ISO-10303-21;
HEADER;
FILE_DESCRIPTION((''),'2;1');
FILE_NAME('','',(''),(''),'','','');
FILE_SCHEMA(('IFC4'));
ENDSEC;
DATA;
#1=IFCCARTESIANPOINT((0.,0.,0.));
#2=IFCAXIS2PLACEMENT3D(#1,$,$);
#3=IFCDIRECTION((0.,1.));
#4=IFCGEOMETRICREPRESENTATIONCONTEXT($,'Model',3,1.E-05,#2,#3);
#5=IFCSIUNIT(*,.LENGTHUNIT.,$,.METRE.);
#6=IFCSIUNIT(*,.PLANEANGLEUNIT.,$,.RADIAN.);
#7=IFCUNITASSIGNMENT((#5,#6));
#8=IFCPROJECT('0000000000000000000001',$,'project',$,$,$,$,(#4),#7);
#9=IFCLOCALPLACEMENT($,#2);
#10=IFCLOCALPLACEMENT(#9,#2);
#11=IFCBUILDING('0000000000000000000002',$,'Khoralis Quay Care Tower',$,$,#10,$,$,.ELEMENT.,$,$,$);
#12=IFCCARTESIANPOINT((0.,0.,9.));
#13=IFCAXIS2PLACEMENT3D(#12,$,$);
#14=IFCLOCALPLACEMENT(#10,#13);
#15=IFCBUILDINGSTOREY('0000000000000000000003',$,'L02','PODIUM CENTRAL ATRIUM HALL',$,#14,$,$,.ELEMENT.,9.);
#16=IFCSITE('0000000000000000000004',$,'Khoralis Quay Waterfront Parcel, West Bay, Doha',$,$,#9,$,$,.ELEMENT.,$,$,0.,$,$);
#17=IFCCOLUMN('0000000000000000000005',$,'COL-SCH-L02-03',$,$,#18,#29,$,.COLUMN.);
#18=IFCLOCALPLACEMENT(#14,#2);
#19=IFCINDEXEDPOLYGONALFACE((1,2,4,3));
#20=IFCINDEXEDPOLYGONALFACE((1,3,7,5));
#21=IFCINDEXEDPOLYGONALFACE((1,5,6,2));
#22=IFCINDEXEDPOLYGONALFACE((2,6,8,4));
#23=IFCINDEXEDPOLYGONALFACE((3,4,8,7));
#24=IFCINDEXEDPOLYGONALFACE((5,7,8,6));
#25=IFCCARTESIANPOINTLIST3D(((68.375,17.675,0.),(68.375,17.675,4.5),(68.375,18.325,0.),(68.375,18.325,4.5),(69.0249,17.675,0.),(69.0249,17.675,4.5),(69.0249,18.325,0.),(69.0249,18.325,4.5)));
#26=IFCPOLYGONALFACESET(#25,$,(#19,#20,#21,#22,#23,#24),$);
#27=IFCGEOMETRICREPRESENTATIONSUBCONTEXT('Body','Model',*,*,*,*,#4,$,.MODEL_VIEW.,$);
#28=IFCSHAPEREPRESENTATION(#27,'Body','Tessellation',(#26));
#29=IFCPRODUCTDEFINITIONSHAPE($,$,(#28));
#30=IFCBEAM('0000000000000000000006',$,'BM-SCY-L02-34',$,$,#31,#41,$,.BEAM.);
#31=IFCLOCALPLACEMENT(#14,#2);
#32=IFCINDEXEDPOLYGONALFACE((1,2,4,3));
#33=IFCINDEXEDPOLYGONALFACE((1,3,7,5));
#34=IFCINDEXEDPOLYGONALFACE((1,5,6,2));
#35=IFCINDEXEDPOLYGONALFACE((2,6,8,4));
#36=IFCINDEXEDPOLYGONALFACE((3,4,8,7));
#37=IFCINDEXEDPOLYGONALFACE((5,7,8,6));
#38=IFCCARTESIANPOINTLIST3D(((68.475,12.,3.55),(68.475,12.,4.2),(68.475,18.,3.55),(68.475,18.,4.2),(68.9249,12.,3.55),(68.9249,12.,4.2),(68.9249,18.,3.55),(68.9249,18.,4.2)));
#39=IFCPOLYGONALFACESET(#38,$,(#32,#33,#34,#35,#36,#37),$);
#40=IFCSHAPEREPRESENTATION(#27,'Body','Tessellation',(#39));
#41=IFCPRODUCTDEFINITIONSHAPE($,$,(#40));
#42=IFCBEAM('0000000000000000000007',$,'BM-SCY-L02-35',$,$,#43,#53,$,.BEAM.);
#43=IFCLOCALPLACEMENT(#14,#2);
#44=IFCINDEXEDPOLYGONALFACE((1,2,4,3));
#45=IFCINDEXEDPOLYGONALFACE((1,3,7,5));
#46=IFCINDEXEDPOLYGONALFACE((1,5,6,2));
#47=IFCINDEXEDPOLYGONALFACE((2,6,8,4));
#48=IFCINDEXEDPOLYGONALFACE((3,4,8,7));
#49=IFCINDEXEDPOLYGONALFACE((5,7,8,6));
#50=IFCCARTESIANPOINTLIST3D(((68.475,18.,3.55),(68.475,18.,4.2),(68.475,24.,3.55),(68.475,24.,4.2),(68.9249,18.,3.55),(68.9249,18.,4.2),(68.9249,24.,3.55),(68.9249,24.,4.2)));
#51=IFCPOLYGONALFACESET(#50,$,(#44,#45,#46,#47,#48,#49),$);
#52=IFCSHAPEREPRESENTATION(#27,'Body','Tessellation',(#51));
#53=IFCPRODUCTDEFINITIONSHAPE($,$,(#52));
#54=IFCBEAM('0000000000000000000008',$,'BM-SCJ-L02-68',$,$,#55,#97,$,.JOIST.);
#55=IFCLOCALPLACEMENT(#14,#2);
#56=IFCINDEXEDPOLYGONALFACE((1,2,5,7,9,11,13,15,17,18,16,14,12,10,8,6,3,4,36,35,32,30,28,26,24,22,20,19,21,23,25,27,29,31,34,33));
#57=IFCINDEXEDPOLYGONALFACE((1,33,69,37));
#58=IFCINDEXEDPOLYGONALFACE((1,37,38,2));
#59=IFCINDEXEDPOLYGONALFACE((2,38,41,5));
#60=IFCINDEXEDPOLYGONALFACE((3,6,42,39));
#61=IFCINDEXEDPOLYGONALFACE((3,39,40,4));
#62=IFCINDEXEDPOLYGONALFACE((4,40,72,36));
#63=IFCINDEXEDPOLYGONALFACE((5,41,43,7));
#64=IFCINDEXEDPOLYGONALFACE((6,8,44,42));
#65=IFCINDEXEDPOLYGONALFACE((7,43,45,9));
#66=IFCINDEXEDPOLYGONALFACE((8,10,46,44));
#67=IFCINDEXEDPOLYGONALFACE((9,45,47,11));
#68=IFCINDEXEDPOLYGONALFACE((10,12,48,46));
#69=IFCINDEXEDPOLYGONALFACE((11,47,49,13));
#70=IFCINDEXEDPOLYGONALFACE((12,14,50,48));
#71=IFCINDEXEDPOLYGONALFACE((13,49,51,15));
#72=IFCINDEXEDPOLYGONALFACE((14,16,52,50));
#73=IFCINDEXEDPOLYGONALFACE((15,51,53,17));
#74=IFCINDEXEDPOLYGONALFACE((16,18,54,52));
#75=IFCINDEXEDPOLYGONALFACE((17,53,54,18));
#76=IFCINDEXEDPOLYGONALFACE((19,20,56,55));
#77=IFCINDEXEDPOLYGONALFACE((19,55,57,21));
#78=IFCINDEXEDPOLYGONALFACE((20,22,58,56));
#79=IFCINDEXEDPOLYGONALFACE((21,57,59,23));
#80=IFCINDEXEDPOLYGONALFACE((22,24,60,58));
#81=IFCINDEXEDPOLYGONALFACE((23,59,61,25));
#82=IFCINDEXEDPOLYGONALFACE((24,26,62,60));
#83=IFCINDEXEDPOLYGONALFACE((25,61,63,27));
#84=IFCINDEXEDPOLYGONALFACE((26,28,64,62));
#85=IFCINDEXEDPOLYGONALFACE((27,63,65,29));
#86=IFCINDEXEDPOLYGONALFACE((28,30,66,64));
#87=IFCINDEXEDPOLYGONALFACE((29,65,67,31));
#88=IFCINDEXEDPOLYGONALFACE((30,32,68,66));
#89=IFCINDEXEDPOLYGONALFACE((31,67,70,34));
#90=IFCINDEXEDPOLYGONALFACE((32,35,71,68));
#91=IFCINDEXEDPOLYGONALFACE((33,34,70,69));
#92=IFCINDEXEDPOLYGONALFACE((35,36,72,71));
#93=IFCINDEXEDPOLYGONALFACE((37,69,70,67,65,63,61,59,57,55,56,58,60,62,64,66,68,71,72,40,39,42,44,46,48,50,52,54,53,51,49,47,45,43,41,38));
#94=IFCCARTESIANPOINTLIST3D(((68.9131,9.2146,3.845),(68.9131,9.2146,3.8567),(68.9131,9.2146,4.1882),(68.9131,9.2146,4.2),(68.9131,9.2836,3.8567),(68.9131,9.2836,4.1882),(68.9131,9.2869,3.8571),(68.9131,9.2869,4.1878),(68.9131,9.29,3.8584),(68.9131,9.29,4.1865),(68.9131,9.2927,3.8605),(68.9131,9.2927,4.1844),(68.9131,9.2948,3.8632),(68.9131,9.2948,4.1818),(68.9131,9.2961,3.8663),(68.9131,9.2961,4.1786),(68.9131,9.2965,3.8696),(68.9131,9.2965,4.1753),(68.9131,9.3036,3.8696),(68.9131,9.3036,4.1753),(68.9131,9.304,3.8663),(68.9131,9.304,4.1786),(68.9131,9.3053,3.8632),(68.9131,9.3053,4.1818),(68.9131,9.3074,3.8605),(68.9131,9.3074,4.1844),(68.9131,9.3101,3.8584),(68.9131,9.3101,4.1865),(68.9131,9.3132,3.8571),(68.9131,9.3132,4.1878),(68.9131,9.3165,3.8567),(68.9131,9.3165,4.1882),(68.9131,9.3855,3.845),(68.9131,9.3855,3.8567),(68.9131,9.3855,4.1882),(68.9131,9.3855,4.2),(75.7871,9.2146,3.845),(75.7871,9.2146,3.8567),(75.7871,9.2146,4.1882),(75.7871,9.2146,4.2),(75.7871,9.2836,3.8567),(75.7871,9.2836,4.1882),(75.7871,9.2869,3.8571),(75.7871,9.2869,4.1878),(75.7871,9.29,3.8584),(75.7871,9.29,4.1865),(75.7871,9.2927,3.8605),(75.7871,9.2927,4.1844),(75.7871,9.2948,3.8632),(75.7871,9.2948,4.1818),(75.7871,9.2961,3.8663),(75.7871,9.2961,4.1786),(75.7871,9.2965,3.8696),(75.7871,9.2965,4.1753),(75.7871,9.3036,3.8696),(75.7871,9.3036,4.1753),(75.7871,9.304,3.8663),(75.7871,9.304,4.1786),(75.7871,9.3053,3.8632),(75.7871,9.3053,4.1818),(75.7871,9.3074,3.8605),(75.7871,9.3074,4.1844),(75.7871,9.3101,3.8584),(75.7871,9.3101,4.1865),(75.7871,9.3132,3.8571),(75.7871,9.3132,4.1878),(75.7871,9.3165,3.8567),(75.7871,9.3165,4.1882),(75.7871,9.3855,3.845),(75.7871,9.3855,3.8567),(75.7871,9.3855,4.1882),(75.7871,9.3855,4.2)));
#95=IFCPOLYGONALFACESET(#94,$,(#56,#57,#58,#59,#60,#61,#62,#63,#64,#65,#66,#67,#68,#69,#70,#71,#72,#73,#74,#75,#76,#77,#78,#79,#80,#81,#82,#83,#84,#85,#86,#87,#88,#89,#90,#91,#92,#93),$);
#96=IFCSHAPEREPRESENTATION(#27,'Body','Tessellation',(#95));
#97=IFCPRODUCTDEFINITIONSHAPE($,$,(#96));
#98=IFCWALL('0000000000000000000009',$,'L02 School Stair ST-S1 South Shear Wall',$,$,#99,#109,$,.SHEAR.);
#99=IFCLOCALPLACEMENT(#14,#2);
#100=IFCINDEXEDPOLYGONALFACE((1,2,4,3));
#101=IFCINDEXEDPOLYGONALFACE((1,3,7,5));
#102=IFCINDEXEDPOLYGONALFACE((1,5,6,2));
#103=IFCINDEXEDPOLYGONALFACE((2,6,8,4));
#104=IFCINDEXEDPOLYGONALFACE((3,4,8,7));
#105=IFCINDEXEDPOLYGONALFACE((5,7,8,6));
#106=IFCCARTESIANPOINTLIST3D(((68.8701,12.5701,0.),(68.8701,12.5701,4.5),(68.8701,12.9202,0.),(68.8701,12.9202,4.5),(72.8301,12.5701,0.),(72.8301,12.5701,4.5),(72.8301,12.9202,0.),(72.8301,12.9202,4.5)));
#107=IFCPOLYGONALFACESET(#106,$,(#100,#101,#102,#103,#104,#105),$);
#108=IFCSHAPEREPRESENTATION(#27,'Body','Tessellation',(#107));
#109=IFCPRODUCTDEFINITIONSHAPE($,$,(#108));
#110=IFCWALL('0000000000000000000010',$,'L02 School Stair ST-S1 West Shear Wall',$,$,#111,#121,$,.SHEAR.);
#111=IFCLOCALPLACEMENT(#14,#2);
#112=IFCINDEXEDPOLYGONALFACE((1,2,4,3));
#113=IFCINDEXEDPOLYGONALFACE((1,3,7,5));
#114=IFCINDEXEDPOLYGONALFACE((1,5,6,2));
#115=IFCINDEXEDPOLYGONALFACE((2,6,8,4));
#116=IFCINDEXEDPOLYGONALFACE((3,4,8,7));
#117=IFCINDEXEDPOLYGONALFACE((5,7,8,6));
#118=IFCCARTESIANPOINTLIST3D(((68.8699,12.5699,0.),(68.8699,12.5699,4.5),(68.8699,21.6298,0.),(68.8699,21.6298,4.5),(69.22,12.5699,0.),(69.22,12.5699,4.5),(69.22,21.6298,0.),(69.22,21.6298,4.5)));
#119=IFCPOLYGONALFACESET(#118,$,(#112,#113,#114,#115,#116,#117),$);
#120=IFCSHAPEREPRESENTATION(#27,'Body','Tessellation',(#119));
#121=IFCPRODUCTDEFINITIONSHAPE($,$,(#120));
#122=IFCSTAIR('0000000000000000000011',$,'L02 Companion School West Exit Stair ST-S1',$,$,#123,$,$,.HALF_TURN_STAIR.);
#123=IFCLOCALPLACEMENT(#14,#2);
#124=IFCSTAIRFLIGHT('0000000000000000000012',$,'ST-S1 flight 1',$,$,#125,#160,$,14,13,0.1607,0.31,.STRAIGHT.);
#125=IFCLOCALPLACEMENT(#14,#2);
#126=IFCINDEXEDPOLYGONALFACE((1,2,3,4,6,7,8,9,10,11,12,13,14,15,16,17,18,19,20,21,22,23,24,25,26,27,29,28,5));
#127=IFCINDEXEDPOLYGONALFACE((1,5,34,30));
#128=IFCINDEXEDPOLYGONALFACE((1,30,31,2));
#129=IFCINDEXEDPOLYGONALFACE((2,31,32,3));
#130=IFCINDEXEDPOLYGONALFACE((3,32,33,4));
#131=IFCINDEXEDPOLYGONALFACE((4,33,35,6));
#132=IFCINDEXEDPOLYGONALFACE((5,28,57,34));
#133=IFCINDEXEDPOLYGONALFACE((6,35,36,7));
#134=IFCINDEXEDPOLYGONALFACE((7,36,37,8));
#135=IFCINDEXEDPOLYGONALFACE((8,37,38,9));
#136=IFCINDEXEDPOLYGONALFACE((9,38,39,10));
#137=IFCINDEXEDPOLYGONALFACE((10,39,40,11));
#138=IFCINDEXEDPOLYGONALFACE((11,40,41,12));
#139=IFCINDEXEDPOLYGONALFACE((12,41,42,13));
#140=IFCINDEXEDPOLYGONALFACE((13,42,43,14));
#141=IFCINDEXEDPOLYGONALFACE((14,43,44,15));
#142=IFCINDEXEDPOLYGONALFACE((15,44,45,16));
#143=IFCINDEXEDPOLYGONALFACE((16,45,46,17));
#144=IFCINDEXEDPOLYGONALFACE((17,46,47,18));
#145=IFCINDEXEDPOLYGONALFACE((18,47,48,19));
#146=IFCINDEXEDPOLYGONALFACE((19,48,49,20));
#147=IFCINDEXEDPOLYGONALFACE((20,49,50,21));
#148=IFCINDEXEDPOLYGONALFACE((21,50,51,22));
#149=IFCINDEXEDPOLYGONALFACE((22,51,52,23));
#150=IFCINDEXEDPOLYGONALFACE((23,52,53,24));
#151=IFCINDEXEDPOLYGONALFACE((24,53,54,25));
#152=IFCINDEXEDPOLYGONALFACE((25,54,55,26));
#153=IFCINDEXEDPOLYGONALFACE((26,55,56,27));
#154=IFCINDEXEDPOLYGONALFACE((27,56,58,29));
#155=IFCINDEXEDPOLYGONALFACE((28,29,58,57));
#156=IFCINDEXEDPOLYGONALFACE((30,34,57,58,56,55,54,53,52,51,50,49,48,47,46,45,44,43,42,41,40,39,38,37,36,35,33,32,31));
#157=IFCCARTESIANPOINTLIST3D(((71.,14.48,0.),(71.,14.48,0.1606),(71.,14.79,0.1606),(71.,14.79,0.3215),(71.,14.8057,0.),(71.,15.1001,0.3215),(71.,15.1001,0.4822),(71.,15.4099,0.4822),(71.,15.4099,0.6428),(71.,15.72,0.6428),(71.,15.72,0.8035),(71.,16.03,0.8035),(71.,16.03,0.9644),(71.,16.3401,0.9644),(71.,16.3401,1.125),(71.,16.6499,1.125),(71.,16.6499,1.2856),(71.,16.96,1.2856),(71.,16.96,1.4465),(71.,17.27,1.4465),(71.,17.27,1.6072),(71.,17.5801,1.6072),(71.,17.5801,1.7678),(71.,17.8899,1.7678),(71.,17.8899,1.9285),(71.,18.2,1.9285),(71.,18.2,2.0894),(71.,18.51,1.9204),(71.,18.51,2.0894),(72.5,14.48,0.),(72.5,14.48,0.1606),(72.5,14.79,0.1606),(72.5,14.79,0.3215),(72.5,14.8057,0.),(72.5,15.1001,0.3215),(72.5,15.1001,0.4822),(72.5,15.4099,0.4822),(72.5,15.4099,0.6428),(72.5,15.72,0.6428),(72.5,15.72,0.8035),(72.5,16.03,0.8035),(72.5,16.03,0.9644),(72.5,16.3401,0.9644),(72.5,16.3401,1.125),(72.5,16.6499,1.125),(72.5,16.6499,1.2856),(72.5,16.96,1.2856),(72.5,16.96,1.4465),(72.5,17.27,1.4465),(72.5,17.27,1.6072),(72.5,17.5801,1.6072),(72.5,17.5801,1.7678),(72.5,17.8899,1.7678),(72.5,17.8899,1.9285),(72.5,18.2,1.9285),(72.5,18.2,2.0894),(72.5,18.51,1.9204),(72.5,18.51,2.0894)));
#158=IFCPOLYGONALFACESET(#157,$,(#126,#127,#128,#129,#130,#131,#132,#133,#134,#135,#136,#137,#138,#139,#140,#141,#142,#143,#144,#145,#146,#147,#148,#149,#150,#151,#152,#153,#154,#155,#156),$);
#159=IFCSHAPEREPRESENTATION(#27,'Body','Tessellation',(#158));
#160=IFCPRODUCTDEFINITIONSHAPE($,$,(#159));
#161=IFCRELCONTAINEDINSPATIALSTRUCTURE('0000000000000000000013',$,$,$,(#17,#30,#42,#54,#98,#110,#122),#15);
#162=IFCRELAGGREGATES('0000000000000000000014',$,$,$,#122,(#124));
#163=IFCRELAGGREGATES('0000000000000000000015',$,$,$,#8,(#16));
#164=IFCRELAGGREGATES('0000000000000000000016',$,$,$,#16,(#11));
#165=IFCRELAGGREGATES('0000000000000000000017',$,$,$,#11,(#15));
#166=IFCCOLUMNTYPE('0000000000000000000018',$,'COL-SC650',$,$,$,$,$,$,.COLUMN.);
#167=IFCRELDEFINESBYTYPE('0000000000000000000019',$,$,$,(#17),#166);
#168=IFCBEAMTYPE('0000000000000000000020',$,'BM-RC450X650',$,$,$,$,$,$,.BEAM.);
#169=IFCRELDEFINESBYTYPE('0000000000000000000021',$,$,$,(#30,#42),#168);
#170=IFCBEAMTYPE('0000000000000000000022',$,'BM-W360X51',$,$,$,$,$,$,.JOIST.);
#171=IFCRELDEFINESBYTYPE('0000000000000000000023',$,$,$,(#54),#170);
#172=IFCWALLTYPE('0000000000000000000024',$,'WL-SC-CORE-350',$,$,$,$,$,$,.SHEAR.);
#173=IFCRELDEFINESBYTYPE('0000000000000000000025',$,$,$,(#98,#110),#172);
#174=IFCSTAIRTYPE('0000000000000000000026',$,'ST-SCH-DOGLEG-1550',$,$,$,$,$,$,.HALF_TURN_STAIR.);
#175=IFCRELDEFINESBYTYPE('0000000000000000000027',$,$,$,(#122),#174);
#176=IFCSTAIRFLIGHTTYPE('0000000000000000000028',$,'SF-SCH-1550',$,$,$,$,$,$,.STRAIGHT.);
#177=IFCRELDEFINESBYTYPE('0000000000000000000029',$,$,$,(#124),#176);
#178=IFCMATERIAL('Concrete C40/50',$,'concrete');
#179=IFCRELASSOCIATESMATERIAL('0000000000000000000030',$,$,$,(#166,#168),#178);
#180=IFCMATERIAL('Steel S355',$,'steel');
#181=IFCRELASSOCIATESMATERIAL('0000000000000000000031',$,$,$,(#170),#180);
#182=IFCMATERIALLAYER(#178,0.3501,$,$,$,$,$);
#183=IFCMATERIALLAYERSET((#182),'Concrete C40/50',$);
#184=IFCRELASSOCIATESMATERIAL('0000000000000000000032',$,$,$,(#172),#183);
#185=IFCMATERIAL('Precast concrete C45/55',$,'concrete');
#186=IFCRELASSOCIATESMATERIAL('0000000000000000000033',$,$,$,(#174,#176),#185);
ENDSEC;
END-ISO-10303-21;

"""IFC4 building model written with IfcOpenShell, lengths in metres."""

from ifc_helpers import new_model, si_unit, direction, frame, frame_2d, origin, origin_2d, place, context, subcontext, project, spatial, polyline, rectangle, i_section, outline, extrude, source, transform, mapped, material, layer, layer_set, material_profile, profile_set, type_object, element, aggregate, save


model = new_model("IFC4")

# Units and contexts
model_context = context("Model", 3, precision=1e-05, world=origin(), true_north=direction((0.0, 1.0)))
body_context = subcontext(model_context, "Body", "Model", "MODEL_VIEW")
ifc_project = project(units=[si_unit("LENGTHUNIT", "METRE"), si_unit("PLANEANGLEUNIT", "RADIAN")], contexts=[model_context])

# Site, building, storey
site_placement = place(None, origin())
site = spatial("IfcSite", under=ifc_project, at=site_placement, Name="Khoralis Quay Waterfront Parcel, West Bay, Doha", CompositionType="ELEMENT", RefElevation=0.0)
building_placement = place(site_placement, origin())
building = spatial("IfcBuilding", under=site, at=building_placement, Name="Khoralis Quay Care Tower", CompositionType="ELEMENT")
storey_placement = place(building_placement, frame((0.0, 0.0, 9.0)))
storey = spatial("IfcBuildingStorey", under=building, at=storey_placement, Name="L02", Description="PODIUM CENTRAL ATRIUM HALL", CompositionType="ELEMENT", Elevation=9.0)

# Column
ifc_material_1 = material(Name="Concrete C40/50", Category="concrete")
ifc_material_profile_1 = material_profile(ifc_material_1, rectangle(XDim=0.6499, YDim=0.6499, at=origin_2d()), Name="Concrete C40/50")
ifc_profile_set_1 = profile_set([ifc_material_profile_1], Name="Concrete C40/50")
column_type = type_object("IfcColumnType", Name="COL-SC650", PredefinedType="COLUMN", material=ifc_profile_set_1)
shared_shape_1 = source(origin(), body_context, "Body", "SweptSolid", [
    extrude(rectangle(XDim=0.6499, YDim=0.6499, at=origin_2d()), origin(), (0.0, 0.0, 1.0), 4.5),
])
column_placement = place(storey_placement, frame((68.7, 18.0, 0.0), z_axis=(0.0, 0.0, 1.0), x_axis=(1.0, 0.0, 0.0)))
element("IfcColumn", 1, at=column_placement, inside=storey, type_object=column_type, Name="COL-SCH-L02-03", PredefinedType="COLUMN", context=body_context, shape_type="MappedRepresentation", body=[
    mapped(shared_shape_1, transform((0.0, 0.0, 0.0), scale=1.0)),
])

# Beams
ifc_material_profile_2 = material_profile(ifc_material_1, rectangle(XDim=0.45, YDim=0.6499, at=origin_2d()), Name="Concrete C40/50")
ifc_profile_set_2 = profile_set([ifc_material_profile_2], Name="Concrete C40/50")
beam_type_1 = type_object("IfcBeamType", Name="BM-RC450X650", PredefinedType="BEAM", material=ifc_profile_set_2)
shared_shape_2 = source(origin(), body_context, "Body", "SweptSolid", [
    extrude(rectangle(XDim=0.45, YDim=0.6499, at=origin_2d()), origin(), (0.0, 0.0, 1.0), 6.0),
])
for number, where, z_axis, x_axis, name in (
    (2, (68.7, 12.0, 3.875), (0.0, 1.0, 0.0), (-1.0, 0.0, 0.0), "BM-SCY-L02-34"),
    (3, (68.7, 18.0, 3.875), (0.0, 1.0, 0.0), (-1.0, 0.0, 0.0), "BM-SCY-L02-35"),
):
    element("IfcBeam", number, at=place(storey_placement, frame(where, z_axis=z_axis, x_axis=x_axis)), inside=storey, type_object=beam_type_1, Name=name, PredefinedType="BEAM", context=body_context, shape_type="MappedRepresentation", body=[
        mapped(shared_shape_2, transform((0.0, 0.0, 0.0), scale=1.0)),
    ])
ifc_material_2 = material(Name="Steel S355", Category="steel")
ifc_material_profile_3 = material_profile(ifc_material_2, i_section(OverallWidth=0.1709, OverallDepth=0.355, WebThickness=0.0071, FlangeThickness=0.0117, FilletRadius=0.0129, at=origin_2d()), Name="Steel S355")
ifc_profile_set_3 = profile_set([ifc_material_profile_3], Name="Steel S355")
beam_type_2 = type_object("IfcBeamType", Name="BM-W360X51", PredefinedType="JOIST", material=ifc_profile_set_3)
shared_shape_3 = source(origin(), body_context, "Body", "SweptSolid", [
    extrude(i_section(OverallWidth=0.1709, OverallDepth=0.355, WebThickness=0.0071, FlangeThickness=0.0117, FilletRadius=0.0129, at=origin_2d()), origin(), (0.0, 0.0, 1.0), 6.874),
])
beam_placement = place(storey_placement, frame((68.9131, 9.3, 4.0225), z_axis=(1.0, 0.0, 0.0), x_axis=(0.0, 1.0, 0.0)))
element("IfcBeam", 4, at=beam_placement, inside=storey, type_object=beam_type_2, Name="BM-SCJ-L02-68", PredefinedType="JOIST", context=body_context, shape_type="MappedRepresentation", body=[
    mapped(shared_shape_3, transform((0.0, 0.0, 0.0), scale=1.0)),
])

# Walls
ifc_layer = layer(ifc_material_1, 0.3501)
ifc_layer_set = layer_set([ifc_layer], Name="Concrete C40/50")
wall_type = type_object("IfcWallType", Name="WL-SC-CORE-350", PredefinedType="SHEAR", material=ifc_layer_set)
wall_1_placement = place(storey_placement, frame((68.8701, 12.7451, 0.0), z_axis=(0.0, 0.0, 1.0), x_axis=(1.0, 0.0, 0.0)))
element("IfcWall", 5, at=wall_1_placement, inside=storey, type_object=wall_type, Name="L02 School Stair ST-S1 South Shear Wall", PredefinedType="SHEAR", context=body_context, shape_type="SweptSolid", body=[
    extrude(rectangle(XDim=3.96, YDim=0.3501, at=frame_2d((1.98, 0.0))), origin(), (0.0, 0.0, 1.0), 4.5),
])
wall_2_placement = place(storey_placement, frame((69.0449, 12.5701, 0.0), z_axis=(0.0, 0.0, 1.0), x_axis=(0.0, 1.0, 0.0)))
element("IfcWall", 6, at=wall_2_placement, inside=storey, type_object=wall_type, Name="L02 School Stair ST-S1 West Shear Wall", PredefinedType="SHEAR", context=body_context, shape_type="SweptSolid", body=[
    extrude(rectangle(XDim=9.0598, YDim=0.3501, at=frame_2d((4.5298, 0.0))), origin(), (0.0, 0.0, 1.0), 4.5),
])

# Stair, stair flight
ifc_material_3 = material(Name="Precast concrete C45/55", Category="concrete")
stair_type = type_object("IfcStairType", Name="ST-SCH-DOGLEG-1550", PredefinedType="HALF_TURN_STAIR", material=ifc_material_3)
stair_placement = place(storey_placement, origin())
stair = element("IfcStair", 7, at=stair_placement, inside=storey, type_object=stair_type, Name="L02 Companion School West Exit Stair ST-S1", PredefinedType="HALF_TURN_STAIR")
stair_flight_type = type_object("IfcStairFlightType", Name="SF-SCH-1550", PredefinedType="STRAIGHT", material=ifc_material_3)
shared_shape_4 = source(origin(), body_context, "Body", "SweptSolid", [
    extrude(outline(polyline([(0.0, 0.0), (0.0, 0.1606), (0.3101, 0.1606), (0.3101, 0.3215), (0.6201, 0.3215), (0.6201, 0.4822), (0.9299, 0.4822), (0.9299, 0.6428), (1.24, 0.6428), (1.24, 0.8035), (1.55, 0.8035), (1.55, 0.9644), (1.8601, 0.9644), (1.8601, 1.125), (2.1699, 1.125), (2.1699, 1.2856), (2.48, 1.2856), (2.48, 1.4465), (2.79, 1.4465), (2.79, 1.6072), (3.1001, 1.6072), (3.1001, 1.7678), (3.4099, 1.7678), (3.4099, 1.9285), (3.72, 1.9285), (3.72, 2.0894), (4.03, 2.0894), (4.03, 2.25), (4.03, 1.9204), (0.3257, 0.0), (0.0, 0.0)])), frame((0.0, 0.75, 0.0), z_axis=(0.0, -1.0, 0.0), x_axis=(1.0, 0.0, 0.0)), (0.0, 0.0, 1.0), 1.5),
])
stair_flight_1_placement = place(storey_placement, frame((71.75, 14.48, 0.0), z_axis=(0.0, 0.0, 1.0), x_axis=(0.0, 1.0, 0.0)))
stair_flight_1 = element("IfcStairFlight", 8, at=stair_flight_1_placement, type_object=stair_flight_type, Name="ST-S1 flight 1", NumberOfRisers=14, NumberOfTreads=13, PredefinedType="STRAIGHT", RiserHeight=0.1607, TreadLength=0.31, context=body_context, shape_type="MappedRepresentation", body=[
    mapped(shared_shape_4, transform((0.0, 0.0, 0.0), scale=1.0)),
])
aggregate(stair, [stair_flight_1])

save(model, "model.ifc")
